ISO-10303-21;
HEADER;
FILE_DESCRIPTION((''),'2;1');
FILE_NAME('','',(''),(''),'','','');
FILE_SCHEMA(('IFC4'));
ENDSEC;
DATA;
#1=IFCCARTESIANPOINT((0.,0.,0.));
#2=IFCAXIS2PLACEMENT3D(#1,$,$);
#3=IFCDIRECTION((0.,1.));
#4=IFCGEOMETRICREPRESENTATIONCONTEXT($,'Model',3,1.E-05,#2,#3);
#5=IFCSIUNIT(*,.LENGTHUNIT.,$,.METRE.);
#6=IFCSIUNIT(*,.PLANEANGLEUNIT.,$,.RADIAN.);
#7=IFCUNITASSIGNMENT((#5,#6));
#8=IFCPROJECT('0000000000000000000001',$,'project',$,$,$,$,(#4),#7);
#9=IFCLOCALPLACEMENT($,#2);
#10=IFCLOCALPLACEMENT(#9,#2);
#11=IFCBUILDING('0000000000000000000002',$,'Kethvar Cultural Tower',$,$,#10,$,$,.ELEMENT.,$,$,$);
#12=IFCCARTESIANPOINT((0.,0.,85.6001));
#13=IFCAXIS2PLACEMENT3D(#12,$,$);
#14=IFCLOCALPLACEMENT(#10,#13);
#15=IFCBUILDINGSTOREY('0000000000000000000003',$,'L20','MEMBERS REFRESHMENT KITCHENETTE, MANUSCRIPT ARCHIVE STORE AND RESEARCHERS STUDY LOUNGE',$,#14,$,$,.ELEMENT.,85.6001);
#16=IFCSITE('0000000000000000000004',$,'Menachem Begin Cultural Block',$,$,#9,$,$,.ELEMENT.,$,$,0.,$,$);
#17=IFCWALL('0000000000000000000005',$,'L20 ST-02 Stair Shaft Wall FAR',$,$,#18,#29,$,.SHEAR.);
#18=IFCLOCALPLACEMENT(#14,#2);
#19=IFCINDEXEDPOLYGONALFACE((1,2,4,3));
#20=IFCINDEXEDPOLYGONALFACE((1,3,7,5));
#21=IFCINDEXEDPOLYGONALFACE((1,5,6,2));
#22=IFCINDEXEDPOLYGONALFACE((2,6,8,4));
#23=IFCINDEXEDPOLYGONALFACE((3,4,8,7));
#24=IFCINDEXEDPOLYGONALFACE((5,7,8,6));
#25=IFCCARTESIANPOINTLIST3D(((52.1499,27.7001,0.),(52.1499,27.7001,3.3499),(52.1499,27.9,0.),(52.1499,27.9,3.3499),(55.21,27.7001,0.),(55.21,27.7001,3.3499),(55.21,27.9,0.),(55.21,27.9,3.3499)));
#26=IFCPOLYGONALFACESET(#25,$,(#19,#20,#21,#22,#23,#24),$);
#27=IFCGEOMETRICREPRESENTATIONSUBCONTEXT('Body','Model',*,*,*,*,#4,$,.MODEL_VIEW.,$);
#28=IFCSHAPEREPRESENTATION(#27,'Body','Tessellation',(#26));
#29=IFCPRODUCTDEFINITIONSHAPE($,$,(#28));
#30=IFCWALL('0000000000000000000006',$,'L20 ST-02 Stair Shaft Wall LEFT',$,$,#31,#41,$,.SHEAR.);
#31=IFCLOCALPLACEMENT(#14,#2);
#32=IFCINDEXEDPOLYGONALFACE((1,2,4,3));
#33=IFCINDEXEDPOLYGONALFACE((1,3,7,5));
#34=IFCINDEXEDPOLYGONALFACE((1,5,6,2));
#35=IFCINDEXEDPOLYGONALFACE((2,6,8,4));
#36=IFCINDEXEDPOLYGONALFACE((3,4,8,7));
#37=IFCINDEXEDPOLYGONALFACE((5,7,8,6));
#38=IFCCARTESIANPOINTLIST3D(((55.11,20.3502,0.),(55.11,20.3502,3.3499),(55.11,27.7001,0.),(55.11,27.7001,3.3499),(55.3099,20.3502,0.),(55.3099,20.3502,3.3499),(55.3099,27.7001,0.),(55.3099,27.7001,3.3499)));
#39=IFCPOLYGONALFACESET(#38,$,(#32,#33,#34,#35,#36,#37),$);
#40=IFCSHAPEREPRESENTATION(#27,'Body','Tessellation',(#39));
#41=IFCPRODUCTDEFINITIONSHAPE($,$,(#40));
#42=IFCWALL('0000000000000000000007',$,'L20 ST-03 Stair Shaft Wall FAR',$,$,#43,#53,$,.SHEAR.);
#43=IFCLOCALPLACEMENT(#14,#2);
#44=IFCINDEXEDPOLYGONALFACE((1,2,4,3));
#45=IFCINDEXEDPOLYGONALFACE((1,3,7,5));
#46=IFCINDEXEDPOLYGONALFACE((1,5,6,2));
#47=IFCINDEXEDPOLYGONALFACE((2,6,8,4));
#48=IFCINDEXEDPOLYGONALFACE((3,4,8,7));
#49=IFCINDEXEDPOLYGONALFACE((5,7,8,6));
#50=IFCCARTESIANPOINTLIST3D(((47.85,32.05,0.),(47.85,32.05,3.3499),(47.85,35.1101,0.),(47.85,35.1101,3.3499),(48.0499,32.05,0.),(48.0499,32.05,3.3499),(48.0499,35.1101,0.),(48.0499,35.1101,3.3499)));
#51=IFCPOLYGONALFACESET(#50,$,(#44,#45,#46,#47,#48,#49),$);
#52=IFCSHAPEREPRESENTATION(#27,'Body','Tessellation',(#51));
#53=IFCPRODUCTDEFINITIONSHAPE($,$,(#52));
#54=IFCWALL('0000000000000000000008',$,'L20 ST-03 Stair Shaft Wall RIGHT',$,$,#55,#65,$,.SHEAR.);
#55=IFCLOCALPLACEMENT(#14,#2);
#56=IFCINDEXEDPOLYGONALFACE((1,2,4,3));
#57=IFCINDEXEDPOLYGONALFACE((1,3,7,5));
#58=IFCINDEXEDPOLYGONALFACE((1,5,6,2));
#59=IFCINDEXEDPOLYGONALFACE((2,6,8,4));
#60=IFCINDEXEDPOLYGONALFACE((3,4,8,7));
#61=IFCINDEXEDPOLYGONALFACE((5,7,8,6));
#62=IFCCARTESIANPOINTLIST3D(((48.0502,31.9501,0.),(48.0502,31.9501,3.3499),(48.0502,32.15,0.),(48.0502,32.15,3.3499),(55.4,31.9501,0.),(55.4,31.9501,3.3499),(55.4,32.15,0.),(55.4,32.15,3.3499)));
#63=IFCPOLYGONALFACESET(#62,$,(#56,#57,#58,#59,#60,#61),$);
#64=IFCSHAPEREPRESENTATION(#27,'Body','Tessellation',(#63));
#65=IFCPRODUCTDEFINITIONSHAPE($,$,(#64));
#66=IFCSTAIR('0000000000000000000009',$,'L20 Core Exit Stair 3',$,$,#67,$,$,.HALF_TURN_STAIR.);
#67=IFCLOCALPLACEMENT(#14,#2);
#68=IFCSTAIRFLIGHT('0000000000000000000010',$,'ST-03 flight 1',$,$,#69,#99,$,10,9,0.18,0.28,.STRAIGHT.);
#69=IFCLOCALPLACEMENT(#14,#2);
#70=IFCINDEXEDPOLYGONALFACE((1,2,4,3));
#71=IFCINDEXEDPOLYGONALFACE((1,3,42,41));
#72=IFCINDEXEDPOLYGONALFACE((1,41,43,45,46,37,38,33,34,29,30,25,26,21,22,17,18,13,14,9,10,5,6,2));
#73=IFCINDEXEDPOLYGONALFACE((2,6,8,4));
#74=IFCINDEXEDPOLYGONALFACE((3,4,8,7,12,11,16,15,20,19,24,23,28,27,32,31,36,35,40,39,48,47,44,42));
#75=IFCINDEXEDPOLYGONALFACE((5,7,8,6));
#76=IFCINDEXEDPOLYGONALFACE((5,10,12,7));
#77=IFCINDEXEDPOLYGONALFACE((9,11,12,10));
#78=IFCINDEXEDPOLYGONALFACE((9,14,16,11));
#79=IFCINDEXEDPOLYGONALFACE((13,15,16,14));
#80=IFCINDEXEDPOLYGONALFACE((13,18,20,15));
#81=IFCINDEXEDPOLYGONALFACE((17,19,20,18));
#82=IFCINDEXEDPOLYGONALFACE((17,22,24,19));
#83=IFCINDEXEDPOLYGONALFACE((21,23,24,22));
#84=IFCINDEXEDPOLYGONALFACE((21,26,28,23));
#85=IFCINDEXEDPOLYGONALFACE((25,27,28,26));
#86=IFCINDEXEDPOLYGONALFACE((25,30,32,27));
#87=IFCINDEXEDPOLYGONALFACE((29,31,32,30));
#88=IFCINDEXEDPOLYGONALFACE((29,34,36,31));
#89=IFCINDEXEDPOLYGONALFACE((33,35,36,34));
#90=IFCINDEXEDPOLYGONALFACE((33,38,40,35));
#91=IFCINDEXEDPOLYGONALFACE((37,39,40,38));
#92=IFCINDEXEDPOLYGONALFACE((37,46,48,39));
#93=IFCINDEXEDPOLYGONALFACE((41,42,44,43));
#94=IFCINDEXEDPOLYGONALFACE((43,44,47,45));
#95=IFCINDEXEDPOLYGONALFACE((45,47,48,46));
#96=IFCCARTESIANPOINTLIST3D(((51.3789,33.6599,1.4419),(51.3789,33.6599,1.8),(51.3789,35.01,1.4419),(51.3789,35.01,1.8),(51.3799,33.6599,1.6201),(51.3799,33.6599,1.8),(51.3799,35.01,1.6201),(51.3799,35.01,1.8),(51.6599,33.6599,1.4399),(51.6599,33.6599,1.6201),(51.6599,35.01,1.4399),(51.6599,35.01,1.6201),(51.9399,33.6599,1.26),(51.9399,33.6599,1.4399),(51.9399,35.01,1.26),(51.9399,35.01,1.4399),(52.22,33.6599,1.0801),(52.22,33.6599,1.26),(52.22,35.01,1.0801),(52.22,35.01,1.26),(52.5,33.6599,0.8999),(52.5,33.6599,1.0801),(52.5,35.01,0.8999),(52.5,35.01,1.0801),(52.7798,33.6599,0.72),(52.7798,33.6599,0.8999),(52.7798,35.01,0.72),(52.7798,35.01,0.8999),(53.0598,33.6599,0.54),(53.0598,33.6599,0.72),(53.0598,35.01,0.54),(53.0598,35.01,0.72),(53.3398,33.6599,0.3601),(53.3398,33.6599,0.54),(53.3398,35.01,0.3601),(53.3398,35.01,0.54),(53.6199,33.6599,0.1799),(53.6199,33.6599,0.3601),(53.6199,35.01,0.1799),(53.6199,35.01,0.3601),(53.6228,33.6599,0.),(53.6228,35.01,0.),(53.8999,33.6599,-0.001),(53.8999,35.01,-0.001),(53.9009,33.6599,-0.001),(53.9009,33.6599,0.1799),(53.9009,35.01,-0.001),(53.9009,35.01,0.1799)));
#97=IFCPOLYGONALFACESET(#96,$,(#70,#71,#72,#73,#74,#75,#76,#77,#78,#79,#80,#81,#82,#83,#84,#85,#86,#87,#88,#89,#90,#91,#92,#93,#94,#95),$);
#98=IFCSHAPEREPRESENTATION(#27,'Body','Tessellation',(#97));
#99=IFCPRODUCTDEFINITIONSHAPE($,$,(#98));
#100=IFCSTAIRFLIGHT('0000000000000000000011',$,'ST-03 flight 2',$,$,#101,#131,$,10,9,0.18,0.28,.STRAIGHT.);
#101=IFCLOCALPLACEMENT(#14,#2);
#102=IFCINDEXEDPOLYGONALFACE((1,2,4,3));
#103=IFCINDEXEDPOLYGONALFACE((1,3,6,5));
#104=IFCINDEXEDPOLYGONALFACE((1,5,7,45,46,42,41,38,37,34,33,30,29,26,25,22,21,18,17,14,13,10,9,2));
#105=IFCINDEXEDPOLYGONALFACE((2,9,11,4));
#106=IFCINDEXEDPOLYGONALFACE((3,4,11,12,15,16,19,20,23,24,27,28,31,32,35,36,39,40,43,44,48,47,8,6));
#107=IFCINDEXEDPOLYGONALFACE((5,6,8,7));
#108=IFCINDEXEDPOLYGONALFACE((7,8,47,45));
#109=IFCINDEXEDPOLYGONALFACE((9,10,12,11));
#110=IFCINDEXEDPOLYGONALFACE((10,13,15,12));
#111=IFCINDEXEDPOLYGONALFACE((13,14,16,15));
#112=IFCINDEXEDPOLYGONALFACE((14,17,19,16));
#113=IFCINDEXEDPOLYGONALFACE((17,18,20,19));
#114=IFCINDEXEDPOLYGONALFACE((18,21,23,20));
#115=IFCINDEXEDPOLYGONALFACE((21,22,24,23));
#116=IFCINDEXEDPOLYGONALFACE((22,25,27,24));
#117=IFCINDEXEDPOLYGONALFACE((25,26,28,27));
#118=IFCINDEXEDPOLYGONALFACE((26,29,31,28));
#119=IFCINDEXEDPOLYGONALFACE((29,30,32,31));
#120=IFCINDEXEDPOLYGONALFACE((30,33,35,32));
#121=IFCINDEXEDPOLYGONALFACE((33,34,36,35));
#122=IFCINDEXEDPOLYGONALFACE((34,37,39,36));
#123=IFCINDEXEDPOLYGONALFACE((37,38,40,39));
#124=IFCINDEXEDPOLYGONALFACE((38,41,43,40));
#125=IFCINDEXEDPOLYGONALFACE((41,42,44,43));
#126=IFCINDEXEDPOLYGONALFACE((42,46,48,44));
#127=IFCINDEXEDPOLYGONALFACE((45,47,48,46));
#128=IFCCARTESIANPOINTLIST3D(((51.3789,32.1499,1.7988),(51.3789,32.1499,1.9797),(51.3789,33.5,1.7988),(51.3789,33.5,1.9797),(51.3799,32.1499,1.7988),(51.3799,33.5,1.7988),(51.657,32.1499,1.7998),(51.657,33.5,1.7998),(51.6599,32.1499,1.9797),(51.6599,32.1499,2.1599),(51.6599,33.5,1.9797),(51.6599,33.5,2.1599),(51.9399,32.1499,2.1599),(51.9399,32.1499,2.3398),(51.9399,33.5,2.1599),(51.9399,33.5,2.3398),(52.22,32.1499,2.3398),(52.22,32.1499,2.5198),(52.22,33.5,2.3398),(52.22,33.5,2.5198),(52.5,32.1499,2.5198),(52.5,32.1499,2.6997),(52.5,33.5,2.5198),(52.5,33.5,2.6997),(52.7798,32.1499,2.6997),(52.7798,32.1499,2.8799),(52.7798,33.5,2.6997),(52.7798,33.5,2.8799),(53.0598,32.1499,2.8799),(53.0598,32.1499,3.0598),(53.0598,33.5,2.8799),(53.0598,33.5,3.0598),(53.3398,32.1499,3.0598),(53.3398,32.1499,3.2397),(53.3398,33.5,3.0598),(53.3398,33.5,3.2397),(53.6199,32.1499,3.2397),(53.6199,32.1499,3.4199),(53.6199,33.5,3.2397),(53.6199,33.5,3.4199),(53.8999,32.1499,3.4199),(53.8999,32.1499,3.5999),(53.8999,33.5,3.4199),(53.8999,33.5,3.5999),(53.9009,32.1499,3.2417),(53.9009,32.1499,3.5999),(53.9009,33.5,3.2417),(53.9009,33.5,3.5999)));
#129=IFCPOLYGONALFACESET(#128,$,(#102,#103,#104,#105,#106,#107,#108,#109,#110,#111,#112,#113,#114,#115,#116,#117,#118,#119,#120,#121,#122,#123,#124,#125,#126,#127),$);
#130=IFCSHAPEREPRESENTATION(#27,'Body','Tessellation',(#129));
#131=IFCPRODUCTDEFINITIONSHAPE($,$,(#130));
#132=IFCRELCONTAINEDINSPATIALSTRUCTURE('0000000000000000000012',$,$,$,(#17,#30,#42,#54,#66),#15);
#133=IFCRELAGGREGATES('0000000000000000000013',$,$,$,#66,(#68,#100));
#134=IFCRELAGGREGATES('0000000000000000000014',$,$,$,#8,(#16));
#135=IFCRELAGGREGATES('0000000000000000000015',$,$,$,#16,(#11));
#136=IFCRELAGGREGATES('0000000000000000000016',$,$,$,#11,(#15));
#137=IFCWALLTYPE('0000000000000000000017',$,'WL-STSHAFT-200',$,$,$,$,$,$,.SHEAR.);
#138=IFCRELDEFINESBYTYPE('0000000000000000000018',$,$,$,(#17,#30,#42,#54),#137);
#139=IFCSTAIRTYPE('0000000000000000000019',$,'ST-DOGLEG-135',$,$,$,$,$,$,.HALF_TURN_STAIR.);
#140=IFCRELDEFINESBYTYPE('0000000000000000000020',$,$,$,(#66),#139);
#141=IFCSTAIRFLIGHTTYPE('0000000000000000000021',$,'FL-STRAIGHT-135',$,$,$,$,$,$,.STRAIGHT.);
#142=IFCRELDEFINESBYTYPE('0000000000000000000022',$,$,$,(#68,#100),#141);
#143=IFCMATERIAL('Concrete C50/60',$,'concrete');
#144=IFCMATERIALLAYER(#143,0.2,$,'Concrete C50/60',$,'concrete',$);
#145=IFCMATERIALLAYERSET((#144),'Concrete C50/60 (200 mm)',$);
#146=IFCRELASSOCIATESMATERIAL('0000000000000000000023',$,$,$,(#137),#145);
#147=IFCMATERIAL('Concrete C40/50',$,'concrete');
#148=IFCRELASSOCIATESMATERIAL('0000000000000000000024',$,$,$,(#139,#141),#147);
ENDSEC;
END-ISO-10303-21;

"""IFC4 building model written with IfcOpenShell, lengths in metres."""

from ifc_helpers import new_model, si_unit, direction, frame, frame_2d, origin, place, context, subcontext, project, spatial, polyline, rectangle, outline, extrude, material, layer, layer_set, type_object, element, aggregate, save


model = new_model("IFC4")

# Units and contexts
model_context = context("Model", 3, precision=1e-05, world=origin(), true_north=direction((0.0, 1.0)))
body_context = subcontext(model_context, "Body", "Model", "MODEL_VIEW")
ifc_project = project(units=[si_unit("LENGTHUNIT", "METRE"), si_unit("PLANEANGLEUNIT", "RADIAN")], contexts=[model_context])

# Site, building, storey
site_placement = place(None, origin())
site = spatial("IfcSite", under=ifc_project, at=site_placement, Name="Menachem Begin Cultural Block", CompositionType="ELEMENT", RefElevation=0.0)
building_placement = place(site_placement, origin())
building = spatial("IfcBuilding", under=site, at=building_placement, Name="Kethvar Cultural Tower", CompositionType="ELEMENT")
storey_placement = place(building_placement, frame((0.0, 0.0, 85.6001)))
storey = spatial("IfcBuildingStorey", under=building, at=storey_placement, Name="L20", Description="MEMBERS REFRESHMENT KITCHENETTE, MANUSCRIPT ARCHIVE STORE AND RESEARCHERS STUDY LOUNGE", CompositionType="ELEMENT", Elevation=85.6001)

# Walls
ifc_material_1 = material(Name="Concrete C40/50", Category="concrete")
ifc_material_2 = material(Name="Concrete C50/60", Category="concrete")
ifc_layer_1 = layer(ifc_material_2, 0.2, Name="Concrete C50/60", Category="concrete")
ifc_layer_set_1 = layer_set([ifc_layer_1], Name="Concrete C50/60 (200 mm)")
wall_type_1 = type_object("IfcWallType", Name="WL-STSHAFT-200", PredefinedType="SHEAR", material=ifc_layer_set_1)
wall_1_placement = place(storey_placement, frame((52.1499, 27.8, 0.0), z_axis=(0.0, 0.0, 1.0), x_axis=(1.0, 0.0, 0.0)))
element("IfcWall", 1, at=wall_1_placement, inside=storey, type_object=wall_type_1, Name="L20 ST-02 Stair Shaft Wall FAR", PredefinedType="SHEAR", context=body_context, shape_type="SweptSolid", body=[
    extrude(rectangle(XDim=3.0601, YDim=0.2, at=frame_2d((1.53, 0.0))), origin(), (0.0, 0.0, 1.0), 3.3499),
])
wall_2_placement = place(storey_placement, frame((55.21, 27.7, 0.0), z_axis=(0.0, 0.0, 1.0), x_axis=(0.0, -1.0, 0.0)))
element("IfcWall", 2, at=wall_2_placement, inside=storey, type_object=wall_type_1, Name="L20 ST-02 Stair Shaft Wall LEFT", PredefinedType="SHEAR", context=body_context, shape_type="SweptSolid", body=[
    extrude(rectangle(XDim=7.3499, YDim=0.2, at=frame_2d((3.6748, 0.0))), origin(), (0.0, 0.0, 1.0), 3.3499),
])
wall_3_placement = place(storey_placement, frame((47.95, 32.05, 0.0), z_axis=(0.0, 0.0, 1.0), x_axis=(0.0, 1.0, 0.0)))
element("IfcWall", 3, at=wall_3_placement, inside=storey, type_object=wall_type_1, Name="L20 ST-03 Stair Shaft Wall FAR", PredefinedType="SHEAR", context=body_context, shape_type="SweptSolid", body=[
    extrude(rectangle(XDim=3.0601, YDim=0.2, at=frame_2d((1.53, 0.0))), origin(), (0.0, 0.0, 1.0), 3.3499),
])
wall_4_placement = place(storey_placement, frame((55.3999, 32.05, 0.0), z_axis=(0.0, 0.0, 1.0), x_axis=(-1.0, 0.0, 0.0)))
element("IfcWall", 4, at=wall_4_placement, inside=storey, type_object=wall_type_1, Name="L20 ST-03 Stair Shaft Wall RIGHT", PredefinedType="SHEAR", context=body_context, shape_type="SweptSolid", body=[
    extrude(rectangle(XDim=7.3499, YDim=0.2, at=frame_2d((3.6748, 0.0))), origin(), (0.0, 0.0, 1.0), 3.3499),
])

# Stair, stair flights
stair_type = type_object("IfcStairType", Name="ST-DOGLEG-135", PredefinedType="HALF_TURN_STAIR", material=ifc_material_1)
stair_placement = place(storey_placement, origin())
stair = element("IfcStair", 5, at=stair_placement, inside=storey, type_object=stair_type, Name="L20 Core Exit Stair 3", PredefinedType="HALF_TURN_STAIR")
stair_flight_type = type_object("IfcStairFlightType", Name="FL-STRAIGHT-135", PredefinedType="STRAIGHT", material=ifc_material_1)
stair_flight_1_placement = place(storey_placement, frame((53.8999, 34.335, 0.0), z_axis=(0.0, 0.0, 1.0), x_axis=(-1.0, 0.0, 0.0)))
stair_flight_1 = element("IfcStairFlight", 6, at=stair_flight_1_placement, type_object=stair_flight_type, Name="ST-03 flight 1", NumberOfRisers=10, NumberOfTreads=9, PredefinedType="STRAIGHT", RiserHeight=0.18, TreadLength=0.28, context=body_context, shape_type="SweptSolid", body=[
    extrude(outline(polyline([(-0.001, -0.001), (-0.001, 0.1799), (0.28, 0.1799), (0.28, 0.3601), (0.5601, 0.3601), (0.5601, 0.54), (0.8401, 0.54), (0.8401, 0.72), (1.1201, 0.72), (1.1201, 0.8999), (1.3999, 0.8999), (1.3999, 1.0801), (1.6799, 1.0801), (1.6799, 1.26), (1.96, 1.26), (1.96, 1.4399), (2.24, 1.4399), (2.24, 1.6201), (2.52, 1.6201), (2.52, 1.8), (2.521, 1.8), (2.521, 1.4419), (0.2771, 0.0), (0.0, -0.001), (-0.001, -0.001)])), frame((0.0, 0.675, 0.0), z_axis=(0.0, -1.0, 0.0), x_axis=(1.0, 0.0, 0.0)), (0.0, 0.0, 1.0), 1.3501),
])
stair_flight_2_placement = place(storey_placement, frame((51.3799, 32.825, 1.7998), z_axis=(0.0, 0.0, 1.0), x_axis=(1.0, 0.0, 0.0)))
stair_flight_2 = element("IfcStairFlight", 7, at=stair_flight_2_placement, type_object=stair_flight_type, Name="ST-03 flight 2", NumberOfRisers=10, NumberOfTreads=9, PredefinedType="STRAIGHT", RiserHeight=0.18, TreadLength=0.28, context=body_context, shape_type="SweptSolid", body=[
    extrude(outline(polyline([(-0.001, -0.001), (-0.001, 0.1799), (0.28, 0.1799), (0.28, 0.3601), (0.5601, 0.3601), (0.5601, 0.54), (0.8401, 0.54), (0.8401, 0.72), (1.1201, 0.72), (1.1201, 0.8999), (1.3999, 0.8999), (1.3999, 1.0801), (1.6799, 1.0801), (1.6799, 1.26), (1.96, 1.26), (1.96, 1.4399), (2.24, 1.4399), (2.24, 1.6201), (2.52, 1.6201), (2.52, 1.8), (2.521, 1.8), (2.521, 1.4419), (0.2771, 0.0), (0.0, -0.001), (-0.001, -0.001)])), frame((0.0, 0.675, 0.0), z_axis=(0.0, -1.0, 0.0), x_axis=(1.0, 0.0, 0.0)), (0.0, 0.0, 1.0), 1.3501),
])
aggregate(stair, [stair_flight_1, stair_flight_2])

save(model, "model.ifc")
